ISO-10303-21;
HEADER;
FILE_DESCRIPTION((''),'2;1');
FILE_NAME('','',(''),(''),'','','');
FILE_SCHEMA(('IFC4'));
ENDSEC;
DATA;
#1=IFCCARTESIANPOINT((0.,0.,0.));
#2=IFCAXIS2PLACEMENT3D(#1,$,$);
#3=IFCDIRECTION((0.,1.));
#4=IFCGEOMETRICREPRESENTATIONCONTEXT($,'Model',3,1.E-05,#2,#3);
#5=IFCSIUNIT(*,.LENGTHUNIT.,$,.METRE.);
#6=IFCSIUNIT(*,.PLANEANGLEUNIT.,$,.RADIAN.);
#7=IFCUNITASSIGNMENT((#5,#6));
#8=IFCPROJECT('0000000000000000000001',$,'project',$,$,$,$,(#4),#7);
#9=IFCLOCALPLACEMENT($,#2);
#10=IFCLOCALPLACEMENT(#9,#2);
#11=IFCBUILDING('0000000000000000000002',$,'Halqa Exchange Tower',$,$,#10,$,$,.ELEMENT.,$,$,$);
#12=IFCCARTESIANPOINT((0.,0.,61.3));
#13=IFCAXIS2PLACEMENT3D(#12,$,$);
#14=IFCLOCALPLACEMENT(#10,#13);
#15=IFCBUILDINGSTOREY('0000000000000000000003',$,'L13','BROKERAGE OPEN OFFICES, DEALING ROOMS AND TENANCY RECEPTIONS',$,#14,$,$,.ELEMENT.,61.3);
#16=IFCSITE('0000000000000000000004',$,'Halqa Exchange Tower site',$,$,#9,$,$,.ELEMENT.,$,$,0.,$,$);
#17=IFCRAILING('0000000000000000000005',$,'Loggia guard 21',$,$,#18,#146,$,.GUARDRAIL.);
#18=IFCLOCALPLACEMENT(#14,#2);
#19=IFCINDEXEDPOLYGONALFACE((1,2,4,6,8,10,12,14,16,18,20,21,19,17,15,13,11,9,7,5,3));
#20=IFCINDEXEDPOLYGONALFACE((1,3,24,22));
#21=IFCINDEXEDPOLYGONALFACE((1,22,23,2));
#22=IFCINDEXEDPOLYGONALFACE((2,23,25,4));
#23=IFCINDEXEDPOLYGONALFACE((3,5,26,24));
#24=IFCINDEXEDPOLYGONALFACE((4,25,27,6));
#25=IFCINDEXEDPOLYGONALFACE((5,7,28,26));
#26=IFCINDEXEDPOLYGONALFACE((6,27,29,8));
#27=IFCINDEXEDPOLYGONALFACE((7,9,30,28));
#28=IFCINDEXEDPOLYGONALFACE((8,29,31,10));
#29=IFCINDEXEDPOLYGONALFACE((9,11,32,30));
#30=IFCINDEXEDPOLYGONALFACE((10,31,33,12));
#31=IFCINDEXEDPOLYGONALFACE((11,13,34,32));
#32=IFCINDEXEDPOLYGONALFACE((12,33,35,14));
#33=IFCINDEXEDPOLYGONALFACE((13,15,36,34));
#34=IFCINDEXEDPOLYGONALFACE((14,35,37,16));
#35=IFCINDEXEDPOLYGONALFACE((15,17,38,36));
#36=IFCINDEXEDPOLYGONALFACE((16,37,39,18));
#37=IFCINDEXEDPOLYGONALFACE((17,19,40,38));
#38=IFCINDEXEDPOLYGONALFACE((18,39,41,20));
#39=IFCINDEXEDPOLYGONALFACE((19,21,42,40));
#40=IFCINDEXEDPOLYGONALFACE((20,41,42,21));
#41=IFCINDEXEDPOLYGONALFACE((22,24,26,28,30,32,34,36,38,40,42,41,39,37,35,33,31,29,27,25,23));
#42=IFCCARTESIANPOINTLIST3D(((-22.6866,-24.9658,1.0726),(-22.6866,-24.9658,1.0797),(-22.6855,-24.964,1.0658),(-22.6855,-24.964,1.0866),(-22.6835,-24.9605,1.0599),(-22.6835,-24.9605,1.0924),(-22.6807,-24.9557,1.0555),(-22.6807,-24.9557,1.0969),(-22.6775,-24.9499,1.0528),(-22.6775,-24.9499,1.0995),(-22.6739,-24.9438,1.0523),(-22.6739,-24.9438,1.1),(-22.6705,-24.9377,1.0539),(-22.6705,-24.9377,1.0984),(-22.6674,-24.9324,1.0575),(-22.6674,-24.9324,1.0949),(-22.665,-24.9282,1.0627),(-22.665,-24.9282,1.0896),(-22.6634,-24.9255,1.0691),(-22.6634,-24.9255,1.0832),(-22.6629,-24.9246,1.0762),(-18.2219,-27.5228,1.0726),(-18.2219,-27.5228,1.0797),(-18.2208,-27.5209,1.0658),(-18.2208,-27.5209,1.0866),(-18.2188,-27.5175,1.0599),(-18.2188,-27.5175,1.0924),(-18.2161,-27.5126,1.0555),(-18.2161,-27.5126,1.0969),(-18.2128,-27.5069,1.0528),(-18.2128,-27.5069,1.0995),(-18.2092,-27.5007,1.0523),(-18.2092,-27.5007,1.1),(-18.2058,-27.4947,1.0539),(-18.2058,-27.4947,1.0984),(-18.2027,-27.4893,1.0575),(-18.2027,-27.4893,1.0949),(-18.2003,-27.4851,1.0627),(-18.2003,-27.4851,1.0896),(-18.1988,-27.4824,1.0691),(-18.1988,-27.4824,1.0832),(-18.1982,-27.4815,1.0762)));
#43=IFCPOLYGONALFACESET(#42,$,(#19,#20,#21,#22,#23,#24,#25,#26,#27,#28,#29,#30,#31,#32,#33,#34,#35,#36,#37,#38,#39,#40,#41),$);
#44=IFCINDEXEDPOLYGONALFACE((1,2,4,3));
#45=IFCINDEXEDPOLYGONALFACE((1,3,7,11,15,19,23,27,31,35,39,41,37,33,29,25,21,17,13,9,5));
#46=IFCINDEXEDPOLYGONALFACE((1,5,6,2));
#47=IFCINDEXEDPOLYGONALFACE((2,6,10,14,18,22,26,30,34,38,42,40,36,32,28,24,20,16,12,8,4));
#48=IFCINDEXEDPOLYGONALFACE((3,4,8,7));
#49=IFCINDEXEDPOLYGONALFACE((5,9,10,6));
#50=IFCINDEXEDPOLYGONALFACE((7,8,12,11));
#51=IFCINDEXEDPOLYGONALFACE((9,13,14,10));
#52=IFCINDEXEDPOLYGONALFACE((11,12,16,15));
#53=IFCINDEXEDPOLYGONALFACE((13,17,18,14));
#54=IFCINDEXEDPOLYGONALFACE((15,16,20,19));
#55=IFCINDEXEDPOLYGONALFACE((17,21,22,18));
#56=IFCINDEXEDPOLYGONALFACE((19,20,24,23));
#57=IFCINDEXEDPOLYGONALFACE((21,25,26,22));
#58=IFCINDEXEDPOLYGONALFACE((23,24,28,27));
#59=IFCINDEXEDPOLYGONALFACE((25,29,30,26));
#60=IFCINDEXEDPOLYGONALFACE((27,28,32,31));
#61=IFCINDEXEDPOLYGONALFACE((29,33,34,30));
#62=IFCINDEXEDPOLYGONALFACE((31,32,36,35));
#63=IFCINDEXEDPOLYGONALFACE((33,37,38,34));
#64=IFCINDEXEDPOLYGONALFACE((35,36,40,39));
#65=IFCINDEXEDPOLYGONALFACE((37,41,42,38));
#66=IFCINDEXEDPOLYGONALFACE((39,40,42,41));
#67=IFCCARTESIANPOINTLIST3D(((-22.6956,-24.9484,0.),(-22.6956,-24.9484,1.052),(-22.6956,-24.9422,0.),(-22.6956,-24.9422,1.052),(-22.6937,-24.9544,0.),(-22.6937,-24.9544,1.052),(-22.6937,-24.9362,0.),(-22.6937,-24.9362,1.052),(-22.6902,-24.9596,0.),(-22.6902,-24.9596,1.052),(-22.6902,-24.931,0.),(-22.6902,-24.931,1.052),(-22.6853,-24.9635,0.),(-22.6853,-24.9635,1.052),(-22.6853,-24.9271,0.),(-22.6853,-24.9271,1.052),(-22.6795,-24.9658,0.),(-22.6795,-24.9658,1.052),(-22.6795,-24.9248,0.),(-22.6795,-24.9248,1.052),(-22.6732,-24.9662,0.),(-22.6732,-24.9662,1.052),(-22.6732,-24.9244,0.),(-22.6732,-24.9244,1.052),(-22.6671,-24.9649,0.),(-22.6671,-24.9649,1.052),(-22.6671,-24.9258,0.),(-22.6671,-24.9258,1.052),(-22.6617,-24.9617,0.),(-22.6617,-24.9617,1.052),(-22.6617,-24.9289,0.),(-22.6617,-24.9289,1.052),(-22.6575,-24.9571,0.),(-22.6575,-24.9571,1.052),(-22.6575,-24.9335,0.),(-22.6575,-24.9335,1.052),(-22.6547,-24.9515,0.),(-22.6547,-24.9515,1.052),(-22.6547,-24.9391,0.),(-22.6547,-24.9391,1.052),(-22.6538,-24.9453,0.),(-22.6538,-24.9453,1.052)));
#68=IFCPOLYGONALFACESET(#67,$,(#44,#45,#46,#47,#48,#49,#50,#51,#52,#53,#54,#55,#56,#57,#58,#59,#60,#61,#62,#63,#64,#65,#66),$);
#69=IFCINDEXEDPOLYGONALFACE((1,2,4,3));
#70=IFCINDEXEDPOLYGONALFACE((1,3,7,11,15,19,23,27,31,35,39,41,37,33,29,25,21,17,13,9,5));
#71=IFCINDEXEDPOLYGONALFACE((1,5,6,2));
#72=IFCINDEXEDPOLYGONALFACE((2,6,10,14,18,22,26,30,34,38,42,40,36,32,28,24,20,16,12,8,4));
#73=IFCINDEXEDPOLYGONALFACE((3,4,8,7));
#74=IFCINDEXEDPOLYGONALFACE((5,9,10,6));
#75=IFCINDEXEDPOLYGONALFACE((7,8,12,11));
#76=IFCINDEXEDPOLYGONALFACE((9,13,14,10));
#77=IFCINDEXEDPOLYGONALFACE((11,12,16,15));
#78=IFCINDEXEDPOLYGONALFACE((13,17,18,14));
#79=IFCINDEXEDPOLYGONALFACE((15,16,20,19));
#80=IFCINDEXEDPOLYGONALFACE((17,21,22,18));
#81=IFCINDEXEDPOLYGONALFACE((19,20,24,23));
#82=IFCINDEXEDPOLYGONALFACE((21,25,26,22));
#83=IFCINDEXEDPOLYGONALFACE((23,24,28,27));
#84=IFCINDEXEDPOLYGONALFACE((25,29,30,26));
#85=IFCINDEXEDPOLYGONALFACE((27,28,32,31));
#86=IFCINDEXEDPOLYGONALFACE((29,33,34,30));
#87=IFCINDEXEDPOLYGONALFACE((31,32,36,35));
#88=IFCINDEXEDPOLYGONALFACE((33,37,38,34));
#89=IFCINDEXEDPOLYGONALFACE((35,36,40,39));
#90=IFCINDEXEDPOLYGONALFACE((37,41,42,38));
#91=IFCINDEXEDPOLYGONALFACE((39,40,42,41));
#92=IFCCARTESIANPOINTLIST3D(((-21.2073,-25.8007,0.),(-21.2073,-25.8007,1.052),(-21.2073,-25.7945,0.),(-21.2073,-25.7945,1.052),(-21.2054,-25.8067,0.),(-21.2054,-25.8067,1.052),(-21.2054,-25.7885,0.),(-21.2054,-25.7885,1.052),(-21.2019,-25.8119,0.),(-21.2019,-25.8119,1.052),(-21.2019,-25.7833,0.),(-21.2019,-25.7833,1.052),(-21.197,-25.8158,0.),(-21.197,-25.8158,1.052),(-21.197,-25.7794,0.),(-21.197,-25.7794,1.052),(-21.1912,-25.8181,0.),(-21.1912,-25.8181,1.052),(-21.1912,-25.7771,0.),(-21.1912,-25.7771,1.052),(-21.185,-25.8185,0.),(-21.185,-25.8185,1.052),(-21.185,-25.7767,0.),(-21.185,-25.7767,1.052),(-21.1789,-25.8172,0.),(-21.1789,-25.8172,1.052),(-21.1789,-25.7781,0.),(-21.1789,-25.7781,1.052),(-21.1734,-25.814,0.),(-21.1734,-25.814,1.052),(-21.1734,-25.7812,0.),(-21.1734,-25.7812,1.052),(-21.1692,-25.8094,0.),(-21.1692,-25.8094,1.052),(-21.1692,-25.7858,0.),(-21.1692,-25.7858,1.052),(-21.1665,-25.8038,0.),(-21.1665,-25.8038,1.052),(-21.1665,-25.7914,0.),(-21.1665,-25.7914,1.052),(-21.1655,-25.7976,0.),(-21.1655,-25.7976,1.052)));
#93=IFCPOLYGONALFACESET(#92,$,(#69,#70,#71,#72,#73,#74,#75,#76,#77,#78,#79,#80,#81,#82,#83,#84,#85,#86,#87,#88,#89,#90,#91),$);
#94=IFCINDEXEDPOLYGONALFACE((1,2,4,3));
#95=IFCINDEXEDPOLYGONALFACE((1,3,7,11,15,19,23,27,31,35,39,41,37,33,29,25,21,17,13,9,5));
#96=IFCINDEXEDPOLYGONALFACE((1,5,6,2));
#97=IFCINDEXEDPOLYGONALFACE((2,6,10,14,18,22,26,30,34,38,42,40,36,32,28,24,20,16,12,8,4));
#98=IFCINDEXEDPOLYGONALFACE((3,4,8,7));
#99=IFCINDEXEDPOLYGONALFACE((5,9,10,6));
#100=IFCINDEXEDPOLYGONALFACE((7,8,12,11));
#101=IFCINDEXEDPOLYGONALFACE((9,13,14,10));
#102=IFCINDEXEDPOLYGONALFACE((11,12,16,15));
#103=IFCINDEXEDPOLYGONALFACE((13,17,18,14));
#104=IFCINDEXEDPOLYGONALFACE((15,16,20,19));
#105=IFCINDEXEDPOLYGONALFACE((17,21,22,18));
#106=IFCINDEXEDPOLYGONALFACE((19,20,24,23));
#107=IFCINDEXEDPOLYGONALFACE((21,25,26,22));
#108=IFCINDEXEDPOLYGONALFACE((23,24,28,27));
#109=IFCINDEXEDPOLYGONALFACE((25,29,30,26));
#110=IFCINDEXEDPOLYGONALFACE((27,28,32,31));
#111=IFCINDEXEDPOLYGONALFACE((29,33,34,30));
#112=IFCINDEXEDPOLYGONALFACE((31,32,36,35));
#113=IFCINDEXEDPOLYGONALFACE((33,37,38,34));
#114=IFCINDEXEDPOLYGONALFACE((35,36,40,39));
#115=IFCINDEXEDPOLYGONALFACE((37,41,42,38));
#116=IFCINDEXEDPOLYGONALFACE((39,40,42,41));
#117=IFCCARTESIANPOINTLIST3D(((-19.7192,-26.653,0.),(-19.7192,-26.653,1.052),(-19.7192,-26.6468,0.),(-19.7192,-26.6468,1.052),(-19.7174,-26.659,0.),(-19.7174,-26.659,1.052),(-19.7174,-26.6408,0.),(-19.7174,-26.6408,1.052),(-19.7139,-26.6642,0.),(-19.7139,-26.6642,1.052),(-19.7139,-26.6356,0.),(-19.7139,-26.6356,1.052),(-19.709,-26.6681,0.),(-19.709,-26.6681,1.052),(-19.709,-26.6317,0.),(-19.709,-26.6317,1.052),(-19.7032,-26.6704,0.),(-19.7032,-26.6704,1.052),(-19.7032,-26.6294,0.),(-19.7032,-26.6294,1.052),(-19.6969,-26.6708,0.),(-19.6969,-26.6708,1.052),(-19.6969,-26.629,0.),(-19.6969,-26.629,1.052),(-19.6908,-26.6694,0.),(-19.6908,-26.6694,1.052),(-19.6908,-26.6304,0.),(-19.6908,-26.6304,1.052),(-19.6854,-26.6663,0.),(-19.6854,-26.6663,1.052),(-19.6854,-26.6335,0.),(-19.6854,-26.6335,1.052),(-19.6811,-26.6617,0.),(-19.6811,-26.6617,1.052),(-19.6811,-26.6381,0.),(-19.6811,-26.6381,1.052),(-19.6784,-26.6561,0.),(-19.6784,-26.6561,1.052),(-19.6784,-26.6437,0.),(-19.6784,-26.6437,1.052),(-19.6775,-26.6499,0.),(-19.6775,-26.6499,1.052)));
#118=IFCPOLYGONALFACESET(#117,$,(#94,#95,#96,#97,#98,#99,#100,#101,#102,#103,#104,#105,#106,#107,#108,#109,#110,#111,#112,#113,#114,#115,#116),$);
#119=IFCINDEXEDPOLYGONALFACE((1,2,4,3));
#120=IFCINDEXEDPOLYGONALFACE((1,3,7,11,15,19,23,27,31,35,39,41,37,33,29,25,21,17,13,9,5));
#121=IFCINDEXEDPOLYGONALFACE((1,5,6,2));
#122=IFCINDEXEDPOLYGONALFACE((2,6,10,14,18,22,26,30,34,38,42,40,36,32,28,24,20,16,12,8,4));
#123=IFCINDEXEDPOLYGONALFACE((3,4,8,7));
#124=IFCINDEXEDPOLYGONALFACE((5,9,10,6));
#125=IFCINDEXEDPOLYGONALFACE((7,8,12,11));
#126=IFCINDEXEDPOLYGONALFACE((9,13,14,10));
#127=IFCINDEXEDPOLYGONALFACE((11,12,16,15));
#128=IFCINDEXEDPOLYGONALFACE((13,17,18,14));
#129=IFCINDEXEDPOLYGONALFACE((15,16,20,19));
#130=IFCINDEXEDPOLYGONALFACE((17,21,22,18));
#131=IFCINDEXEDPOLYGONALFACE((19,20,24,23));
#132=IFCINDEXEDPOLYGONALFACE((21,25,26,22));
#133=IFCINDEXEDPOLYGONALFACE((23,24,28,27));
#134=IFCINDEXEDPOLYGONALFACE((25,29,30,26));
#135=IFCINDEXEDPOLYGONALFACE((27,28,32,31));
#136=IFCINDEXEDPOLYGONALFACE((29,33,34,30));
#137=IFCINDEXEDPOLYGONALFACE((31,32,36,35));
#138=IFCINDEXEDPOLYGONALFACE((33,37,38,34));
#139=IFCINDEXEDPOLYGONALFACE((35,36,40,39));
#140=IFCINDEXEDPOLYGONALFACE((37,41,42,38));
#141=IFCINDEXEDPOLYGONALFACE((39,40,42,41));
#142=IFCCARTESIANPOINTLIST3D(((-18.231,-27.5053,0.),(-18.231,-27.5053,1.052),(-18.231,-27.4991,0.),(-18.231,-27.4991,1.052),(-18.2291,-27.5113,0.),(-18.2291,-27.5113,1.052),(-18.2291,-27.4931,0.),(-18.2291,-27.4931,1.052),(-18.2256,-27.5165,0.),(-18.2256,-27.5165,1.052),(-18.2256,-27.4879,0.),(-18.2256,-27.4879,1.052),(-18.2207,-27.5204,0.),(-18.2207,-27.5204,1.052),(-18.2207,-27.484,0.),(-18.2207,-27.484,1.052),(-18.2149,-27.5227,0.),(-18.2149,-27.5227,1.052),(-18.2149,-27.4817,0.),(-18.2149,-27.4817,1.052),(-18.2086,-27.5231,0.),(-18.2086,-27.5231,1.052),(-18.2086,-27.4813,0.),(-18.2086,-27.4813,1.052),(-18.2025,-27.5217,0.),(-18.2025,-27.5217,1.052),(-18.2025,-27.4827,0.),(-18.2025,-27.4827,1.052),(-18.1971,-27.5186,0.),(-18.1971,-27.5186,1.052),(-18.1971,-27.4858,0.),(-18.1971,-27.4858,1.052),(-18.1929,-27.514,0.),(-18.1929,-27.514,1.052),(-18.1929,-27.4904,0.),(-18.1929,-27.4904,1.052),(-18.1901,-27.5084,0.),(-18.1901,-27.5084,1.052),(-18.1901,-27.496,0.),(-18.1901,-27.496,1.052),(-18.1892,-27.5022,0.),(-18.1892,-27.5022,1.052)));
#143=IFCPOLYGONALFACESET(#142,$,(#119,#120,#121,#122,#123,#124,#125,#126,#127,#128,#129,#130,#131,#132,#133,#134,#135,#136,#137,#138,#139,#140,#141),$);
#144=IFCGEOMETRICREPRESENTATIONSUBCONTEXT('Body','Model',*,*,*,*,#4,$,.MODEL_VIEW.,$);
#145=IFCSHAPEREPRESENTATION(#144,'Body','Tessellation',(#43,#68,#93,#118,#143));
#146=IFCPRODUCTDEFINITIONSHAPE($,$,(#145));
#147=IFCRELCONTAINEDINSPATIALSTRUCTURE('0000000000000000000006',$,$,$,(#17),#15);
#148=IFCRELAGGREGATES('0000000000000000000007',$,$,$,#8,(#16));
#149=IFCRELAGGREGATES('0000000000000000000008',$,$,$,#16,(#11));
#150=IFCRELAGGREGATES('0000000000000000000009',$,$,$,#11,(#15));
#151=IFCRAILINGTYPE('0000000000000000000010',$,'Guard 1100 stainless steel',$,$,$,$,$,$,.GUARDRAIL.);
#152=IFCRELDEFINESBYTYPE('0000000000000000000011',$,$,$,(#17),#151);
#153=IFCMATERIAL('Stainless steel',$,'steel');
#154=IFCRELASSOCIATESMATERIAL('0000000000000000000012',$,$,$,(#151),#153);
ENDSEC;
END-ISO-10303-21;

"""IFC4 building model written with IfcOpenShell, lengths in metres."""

from ifc_helpers import new_model, si_unit, direction, frame, origin, origin_2d, place, context, subcontext, project, spatial, circle, extrude, material, type_object, element, save


model = new_model("IFC4")

# Units and contexts
model_context = context("Model", 3, precision=1e-05, world=origin(), true_north=direction((0.0, 1.0)))
body_context = subcontext(model_context, "Body", "Model", "MODEL_VIEW")
ifc_project = project(units=[si_unit("LENGTHUNIT", "METRE"), si_unit("PLANEANGLEUNIT", "RADIAN")], contexts=[model_context])

# Site, building, storey
site_placement = place(None, origin())
site = spatial("IfcSite", under=ifc_project, at=site_placement, Name="Halqa Exchange Tower site", CompositionType="ELEMENT", RefElevation=0.0)
building_placement = place(site_placement, origin())
building = spatial("IfcBuilding", under=site, at=building_placement, Name="Halqa Exchange Tower", CompositionType="ELEMENT")
storey_placement = place(building_placement, frame((0.0, 0.0, 61.3)))
storey = spatial("IfcBuildingStorey", under=building, at=storey_placement, Name="L13", Description="BROKERAGE OPEN OFFICES, DEALING ROOMS AND TENANCY RECEPTIONS", CompositionType="ELEMENT", Elevation=61.3)

# Railing
ifc_material_1 = material(Name="Stainless steel", Category="steel")
railing_type = type_object("IfcRailingType", Name="Guard 1100 stainless steel", PredefinedType="GUARDRAIL", material=ifc_material_1)
railing_1_placement = place(storey_placement, frame((-22.6748, -24.9453, 0.0)))
element("IfcRailing", 1, at=railing_1_placement, inside=storey, type_object=railing_type, Name="Loggia guard 21", PredefinedType="GUARDRAIL", context=body_context, shape_type="SweptSolid", body=[
    extrude(circle(Radius=0.0239, at=origin_2d()), frame((0.0, 0.0, 1.0762), z_axis=(0.867767, -0.496972, 0.0), x_axis=(0.496972, 0.867767, 0.0)), (0.0, 0.0, 1.0), 5.145),
    extrude(circle(Radius=0.021, at=origin_2d()), origin(), (0.0, 0.0, 1.0), 1.052),
    extrude(circle(Radius=0.021, at=origin_2d()), frame((1.4883, -0.8523, 0.0)), (0.0, 0.0, 1.0), 1.052),
    extrude(circle(Radius=0.021, at=origin_2d()), frame((2.9763, -1.7046, 0.0)), (0.0, 0.0, 1.0), 1.052),
    extrude(circle(Radius=0.021, at=origin_2d()), frame((4.4646, -2.5569, 0.0)), (0.0, 0.0, 1.0), 1.052),
])

save(model, "model.ifc")
